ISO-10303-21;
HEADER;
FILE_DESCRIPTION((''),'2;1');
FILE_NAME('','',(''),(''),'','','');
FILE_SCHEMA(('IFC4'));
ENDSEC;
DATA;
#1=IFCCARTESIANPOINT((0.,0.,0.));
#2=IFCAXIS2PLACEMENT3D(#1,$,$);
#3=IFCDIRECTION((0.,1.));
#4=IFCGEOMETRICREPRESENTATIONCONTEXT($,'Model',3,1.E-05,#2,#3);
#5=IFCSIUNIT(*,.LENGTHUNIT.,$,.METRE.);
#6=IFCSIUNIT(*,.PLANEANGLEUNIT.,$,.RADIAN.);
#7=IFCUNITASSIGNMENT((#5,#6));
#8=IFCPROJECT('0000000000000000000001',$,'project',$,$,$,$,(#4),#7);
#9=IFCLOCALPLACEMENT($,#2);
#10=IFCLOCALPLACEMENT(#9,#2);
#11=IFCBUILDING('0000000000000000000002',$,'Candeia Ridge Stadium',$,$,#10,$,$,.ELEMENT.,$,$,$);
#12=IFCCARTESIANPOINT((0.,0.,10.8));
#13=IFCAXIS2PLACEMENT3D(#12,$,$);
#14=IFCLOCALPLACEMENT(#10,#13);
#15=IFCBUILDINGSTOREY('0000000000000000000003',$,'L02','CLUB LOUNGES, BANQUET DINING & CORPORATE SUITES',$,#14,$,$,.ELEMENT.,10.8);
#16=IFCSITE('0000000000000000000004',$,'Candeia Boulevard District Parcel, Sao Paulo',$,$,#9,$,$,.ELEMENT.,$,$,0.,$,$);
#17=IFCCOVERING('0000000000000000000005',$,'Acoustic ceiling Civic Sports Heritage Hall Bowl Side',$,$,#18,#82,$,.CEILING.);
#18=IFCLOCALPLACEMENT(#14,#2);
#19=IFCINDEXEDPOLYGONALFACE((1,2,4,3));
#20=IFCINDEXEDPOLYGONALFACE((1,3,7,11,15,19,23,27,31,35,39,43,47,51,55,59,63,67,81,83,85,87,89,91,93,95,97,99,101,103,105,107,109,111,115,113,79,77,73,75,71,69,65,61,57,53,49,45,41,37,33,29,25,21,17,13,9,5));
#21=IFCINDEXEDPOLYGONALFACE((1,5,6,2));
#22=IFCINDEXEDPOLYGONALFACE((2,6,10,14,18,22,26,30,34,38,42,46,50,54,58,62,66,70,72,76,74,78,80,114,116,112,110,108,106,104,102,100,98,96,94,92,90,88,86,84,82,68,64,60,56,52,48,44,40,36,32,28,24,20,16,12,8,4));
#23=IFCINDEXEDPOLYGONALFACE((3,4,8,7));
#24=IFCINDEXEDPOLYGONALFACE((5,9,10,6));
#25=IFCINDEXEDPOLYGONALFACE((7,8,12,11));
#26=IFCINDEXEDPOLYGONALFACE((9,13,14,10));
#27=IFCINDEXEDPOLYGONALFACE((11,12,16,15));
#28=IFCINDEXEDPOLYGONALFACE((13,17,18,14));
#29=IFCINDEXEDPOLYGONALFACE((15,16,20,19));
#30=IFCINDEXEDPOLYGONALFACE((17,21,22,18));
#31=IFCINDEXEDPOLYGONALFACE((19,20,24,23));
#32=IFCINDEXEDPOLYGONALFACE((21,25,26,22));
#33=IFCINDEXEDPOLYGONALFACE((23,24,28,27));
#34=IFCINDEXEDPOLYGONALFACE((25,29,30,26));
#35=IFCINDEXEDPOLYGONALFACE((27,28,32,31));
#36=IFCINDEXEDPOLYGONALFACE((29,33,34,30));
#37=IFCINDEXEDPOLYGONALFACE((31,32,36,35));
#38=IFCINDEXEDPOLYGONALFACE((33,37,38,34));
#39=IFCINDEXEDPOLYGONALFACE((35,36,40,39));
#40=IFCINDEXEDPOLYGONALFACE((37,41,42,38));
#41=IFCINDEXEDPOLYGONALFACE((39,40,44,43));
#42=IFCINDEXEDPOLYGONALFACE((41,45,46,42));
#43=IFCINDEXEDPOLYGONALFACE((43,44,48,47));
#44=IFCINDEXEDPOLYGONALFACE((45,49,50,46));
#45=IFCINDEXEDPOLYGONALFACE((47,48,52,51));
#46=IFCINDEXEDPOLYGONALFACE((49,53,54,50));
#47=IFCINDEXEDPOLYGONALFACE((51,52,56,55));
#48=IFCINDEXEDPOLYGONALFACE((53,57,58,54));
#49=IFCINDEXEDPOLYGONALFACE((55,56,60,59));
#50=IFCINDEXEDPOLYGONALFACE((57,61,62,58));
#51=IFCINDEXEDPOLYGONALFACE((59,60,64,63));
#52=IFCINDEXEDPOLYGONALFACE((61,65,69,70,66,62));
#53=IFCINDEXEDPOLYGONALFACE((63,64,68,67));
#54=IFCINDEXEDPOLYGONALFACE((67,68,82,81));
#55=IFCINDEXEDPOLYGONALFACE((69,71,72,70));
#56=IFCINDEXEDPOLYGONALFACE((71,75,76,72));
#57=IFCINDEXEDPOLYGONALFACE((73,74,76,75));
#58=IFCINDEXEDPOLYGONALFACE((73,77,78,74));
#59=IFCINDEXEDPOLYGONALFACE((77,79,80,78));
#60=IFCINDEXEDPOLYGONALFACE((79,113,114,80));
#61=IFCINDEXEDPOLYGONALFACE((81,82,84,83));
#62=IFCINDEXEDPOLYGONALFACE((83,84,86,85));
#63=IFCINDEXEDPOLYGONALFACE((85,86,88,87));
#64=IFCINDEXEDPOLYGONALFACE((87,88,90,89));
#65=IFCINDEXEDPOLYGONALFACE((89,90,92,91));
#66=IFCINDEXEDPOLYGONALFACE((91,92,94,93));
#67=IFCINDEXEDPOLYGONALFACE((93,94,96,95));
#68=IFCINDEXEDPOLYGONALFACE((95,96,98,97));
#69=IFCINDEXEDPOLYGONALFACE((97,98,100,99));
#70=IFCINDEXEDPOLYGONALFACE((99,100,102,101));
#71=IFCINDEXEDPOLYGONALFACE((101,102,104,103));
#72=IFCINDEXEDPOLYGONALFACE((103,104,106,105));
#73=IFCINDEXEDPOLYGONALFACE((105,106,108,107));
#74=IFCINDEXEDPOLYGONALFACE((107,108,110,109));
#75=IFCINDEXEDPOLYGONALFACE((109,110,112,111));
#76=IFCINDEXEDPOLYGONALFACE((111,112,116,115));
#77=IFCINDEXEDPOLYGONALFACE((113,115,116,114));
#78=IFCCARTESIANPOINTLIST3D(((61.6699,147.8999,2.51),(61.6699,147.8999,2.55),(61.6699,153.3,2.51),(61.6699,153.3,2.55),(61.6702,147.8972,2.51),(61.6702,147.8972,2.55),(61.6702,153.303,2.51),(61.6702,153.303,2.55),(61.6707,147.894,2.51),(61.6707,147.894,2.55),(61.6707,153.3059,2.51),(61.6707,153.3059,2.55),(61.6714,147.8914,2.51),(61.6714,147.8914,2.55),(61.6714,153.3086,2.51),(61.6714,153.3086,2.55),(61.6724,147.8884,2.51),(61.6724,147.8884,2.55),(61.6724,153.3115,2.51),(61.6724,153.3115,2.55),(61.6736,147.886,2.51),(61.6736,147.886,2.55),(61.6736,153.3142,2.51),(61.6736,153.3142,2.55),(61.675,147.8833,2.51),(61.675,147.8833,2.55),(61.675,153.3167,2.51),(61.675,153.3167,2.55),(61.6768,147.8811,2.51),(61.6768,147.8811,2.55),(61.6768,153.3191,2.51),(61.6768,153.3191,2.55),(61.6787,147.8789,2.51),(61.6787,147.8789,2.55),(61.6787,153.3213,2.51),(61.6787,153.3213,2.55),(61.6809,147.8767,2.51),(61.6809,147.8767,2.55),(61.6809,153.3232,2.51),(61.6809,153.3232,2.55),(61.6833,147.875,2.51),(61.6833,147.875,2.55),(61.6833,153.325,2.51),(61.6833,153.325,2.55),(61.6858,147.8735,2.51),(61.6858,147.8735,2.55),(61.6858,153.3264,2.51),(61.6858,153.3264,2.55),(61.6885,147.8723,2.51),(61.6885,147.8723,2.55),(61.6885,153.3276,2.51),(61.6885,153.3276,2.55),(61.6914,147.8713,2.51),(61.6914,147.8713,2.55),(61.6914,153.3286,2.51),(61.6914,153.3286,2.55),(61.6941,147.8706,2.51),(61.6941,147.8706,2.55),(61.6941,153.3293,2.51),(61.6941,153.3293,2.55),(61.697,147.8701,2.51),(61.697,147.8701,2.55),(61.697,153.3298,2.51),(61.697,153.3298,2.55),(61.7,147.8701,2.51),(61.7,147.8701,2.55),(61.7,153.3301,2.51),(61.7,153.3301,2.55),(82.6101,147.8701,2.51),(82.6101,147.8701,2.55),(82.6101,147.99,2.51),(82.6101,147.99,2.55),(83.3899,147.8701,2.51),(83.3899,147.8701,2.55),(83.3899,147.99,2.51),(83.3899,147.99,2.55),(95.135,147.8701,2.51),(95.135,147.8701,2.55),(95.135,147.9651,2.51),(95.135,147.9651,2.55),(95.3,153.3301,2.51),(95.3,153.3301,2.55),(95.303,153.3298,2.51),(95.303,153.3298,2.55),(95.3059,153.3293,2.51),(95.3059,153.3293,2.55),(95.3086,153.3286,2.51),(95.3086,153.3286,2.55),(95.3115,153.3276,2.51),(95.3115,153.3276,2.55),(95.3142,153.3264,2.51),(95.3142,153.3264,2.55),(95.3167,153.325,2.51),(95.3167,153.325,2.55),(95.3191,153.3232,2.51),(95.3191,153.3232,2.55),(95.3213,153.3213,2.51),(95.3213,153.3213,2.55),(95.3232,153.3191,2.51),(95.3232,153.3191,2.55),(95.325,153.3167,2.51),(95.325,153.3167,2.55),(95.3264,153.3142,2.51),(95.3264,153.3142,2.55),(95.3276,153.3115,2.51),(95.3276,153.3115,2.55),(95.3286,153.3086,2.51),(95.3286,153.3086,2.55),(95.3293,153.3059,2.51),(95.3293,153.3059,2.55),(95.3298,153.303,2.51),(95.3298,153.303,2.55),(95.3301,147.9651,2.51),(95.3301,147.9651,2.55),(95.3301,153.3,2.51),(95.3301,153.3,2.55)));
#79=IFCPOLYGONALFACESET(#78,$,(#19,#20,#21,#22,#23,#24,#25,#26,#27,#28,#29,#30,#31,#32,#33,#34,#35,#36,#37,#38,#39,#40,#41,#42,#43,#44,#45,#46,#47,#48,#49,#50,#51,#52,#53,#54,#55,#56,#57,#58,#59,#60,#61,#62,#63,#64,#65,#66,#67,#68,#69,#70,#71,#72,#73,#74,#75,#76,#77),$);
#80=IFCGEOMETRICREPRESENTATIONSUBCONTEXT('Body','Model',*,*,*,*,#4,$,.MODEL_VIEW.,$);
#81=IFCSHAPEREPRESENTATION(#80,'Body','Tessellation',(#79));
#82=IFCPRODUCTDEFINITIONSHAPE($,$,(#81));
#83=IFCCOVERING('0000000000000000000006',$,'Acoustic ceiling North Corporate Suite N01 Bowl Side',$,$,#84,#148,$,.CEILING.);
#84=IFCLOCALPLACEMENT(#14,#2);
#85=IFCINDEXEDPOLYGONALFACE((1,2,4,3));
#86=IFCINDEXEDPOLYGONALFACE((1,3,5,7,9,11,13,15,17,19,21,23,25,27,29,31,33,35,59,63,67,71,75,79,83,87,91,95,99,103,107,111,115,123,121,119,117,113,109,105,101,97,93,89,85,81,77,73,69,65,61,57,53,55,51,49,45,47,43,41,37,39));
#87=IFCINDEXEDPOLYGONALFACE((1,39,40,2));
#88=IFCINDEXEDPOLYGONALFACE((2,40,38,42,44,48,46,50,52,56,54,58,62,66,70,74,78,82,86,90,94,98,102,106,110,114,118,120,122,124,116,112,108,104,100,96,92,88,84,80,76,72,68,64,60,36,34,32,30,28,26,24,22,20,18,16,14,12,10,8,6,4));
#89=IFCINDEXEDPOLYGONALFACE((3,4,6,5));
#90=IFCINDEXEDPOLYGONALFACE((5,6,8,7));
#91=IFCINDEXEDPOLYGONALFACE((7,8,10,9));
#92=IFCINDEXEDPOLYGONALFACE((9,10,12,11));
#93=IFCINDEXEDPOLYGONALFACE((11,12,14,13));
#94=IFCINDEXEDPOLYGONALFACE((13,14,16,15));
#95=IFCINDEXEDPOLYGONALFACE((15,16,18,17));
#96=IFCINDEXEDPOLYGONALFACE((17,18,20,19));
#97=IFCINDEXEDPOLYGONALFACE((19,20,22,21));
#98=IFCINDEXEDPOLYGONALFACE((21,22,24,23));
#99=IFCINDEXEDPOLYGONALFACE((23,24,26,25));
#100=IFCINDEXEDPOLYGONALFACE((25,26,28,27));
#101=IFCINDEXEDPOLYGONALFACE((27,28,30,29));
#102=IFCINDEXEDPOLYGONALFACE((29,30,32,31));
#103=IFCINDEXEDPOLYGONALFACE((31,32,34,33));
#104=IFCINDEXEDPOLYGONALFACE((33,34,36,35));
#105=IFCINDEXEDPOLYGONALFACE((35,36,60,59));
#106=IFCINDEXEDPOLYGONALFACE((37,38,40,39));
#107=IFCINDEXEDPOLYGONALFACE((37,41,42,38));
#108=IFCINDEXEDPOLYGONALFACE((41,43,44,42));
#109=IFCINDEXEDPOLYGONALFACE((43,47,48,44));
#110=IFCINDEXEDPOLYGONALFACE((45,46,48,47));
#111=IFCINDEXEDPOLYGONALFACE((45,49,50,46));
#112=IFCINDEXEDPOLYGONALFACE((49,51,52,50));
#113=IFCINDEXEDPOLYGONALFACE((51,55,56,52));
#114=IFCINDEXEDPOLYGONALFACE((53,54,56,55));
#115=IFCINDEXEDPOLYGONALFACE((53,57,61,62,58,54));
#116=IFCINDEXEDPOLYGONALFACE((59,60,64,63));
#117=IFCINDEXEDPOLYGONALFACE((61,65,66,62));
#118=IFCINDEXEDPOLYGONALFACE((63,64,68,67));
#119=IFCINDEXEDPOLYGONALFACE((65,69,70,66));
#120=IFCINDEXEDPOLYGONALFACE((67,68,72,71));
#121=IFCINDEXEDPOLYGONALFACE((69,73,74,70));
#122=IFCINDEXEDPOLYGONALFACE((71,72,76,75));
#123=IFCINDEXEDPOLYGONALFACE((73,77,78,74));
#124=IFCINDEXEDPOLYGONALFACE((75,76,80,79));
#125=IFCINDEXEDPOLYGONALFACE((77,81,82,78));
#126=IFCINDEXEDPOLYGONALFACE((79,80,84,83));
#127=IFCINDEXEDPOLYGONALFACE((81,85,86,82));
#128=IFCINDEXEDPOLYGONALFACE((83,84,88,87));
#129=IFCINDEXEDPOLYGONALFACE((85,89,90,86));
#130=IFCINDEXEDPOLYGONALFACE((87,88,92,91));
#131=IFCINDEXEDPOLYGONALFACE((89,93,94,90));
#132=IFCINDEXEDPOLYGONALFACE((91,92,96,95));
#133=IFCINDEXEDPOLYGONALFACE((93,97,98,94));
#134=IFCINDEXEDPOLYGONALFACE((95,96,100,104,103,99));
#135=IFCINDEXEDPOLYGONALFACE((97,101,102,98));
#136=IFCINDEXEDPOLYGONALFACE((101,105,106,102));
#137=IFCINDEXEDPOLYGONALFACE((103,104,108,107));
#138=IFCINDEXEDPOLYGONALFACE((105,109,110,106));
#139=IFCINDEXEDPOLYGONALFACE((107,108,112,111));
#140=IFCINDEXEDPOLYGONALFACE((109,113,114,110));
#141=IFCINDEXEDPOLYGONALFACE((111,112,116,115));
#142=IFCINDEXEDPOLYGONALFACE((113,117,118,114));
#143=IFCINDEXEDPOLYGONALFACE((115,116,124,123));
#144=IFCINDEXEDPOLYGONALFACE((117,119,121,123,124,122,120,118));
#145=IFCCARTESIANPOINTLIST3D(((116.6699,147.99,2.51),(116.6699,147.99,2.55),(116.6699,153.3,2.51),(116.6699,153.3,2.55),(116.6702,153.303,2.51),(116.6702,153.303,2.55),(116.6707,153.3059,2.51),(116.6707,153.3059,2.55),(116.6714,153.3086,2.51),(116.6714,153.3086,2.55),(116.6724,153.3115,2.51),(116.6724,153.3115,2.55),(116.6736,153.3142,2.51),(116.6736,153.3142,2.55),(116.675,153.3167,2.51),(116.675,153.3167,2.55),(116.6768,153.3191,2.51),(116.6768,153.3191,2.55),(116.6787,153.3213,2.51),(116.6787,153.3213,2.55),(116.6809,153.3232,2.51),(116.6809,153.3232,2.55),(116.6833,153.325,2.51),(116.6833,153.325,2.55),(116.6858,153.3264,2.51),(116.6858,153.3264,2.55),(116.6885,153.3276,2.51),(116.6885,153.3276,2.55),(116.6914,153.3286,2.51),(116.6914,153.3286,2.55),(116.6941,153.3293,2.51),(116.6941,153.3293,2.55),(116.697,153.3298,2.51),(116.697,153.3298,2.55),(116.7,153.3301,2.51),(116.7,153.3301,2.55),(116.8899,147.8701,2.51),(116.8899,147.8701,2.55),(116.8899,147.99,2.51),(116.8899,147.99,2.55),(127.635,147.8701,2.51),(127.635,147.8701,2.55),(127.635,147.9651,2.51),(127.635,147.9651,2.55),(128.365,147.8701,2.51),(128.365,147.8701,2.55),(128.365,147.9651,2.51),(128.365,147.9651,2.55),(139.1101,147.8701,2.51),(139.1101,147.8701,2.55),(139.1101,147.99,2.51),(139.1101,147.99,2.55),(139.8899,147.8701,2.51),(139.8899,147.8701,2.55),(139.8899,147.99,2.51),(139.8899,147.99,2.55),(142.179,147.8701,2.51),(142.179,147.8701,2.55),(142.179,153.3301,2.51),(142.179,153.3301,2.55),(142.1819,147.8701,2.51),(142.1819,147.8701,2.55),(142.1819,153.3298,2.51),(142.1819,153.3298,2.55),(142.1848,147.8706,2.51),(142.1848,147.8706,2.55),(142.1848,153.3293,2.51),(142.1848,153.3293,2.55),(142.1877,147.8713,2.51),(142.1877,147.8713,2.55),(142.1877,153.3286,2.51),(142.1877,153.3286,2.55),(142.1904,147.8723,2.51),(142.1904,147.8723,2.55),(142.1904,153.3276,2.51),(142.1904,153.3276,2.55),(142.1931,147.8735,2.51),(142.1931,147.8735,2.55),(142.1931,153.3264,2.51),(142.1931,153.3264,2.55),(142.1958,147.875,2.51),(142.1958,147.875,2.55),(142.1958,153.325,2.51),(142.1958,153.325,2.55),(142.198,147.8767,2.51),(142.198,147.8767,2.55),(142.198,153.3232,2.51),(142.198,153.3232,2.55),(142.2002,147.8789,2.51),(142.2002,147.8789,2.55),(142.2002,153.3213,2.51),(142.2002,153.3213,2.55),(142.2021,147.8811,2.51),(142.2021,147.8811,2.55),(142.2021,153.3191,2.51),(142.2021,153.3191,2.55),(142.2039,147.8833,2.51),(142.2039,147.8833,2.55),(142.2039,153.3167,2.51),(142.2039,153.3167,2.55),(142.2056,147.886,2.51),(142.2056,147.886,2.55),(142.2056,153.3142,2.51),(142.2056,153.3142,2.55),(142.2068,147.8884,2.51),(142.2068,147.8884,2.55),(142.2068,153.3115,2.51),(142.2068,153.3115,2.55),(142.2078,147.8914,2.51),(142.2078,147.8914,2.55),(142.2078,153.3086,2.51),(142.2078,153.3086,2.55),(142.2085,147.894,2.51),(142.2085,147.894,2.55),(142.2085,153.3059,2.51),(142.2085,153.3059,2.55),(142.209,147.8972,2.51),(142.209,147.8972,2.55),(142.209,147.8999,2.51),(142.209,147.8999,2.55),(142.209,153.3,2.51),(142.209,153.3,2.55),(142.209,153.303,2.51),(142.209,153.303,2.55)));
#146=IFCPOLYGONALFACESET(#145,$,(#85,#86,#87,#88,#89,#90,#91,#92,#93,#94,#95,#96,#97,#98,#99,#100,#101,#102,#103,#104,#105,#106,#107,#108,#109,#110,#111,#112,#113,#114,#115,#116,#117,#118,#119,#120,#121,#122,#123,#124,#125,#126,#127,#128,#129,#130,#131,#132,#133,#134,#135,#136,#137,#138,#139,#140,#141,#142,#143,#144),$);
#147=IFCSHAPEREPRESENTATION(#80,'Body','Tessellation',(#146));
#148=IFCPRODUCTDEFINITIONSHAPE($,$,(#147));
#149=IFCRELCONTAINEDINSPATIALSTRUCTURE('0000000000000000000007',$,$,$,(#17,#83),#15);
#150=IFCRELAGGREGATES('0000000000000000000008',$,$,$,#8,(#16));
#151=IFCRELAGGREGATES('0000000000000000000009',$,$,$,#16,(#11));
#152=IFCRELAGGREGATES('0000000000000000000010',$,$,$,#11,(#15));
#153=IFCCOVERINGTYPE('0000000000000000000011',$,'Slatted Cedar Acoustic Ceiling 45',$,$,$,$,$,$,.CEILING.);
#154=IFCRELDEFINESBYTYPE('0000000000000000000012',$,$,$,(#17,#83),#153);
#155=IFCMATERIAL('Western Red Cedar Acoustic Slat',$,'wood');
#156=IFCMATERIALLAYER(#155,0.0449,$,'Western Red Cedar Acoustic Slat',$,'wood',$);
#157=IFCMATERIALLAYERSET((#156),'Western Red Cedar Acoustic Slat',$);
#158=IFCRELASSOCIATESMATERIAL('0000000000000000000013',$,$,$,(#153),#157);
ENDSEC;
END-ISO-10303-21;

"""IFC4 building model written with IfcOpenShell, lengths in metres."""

from ifc_helpers import new_model, si_unit, direction, frame, origin, place, context, subcontext, project, spatial, polyline, outline, extrude, material, layer, layer_set, type_object, element, save


model = new_model("IFC4")

# Units and contexts
model_context = context("Model", 3, precision=1e-05, world=origin(), true_north=direction((0.0, 1.0)))
body_context = subcontext(model_context, "Body", "Model", "MODEL_VIEW")
ifc_project = project(units=[si_unit("LENGTHUNIT", "METRE"), si_unit("PLANEANGLEUNIT", "RADIAN")], contexts=[model_context])

# Site, building, storey
site_placement = place(None, origin())
site = spatial("IfcSite", under=ifc_project, at=site_placement, Name="Candeia Boulevard District Parcel, Sao Paulo", CompositionType="ELEMENT", RefElevation=0.0)
building_placement = place(site_placement, origin())
building = spatial("IfcBuilding", under=site, at=building_placement, Name="Candeia Ridge Stadium", CompositionType="ELEMENT")
storey_placement = place(building_placement, frame((0.0, 0.0, 10.8)))
storey = spatial("IfcBuildingStorey", under=building, at=storey_placement, Name="L02", Description="CLUB LOUNGES, BANQUET DINING & CORPORATE SUITES", CompositionType="ELEMENT", Elevation=10.8)

# Coverings
ifc_material_1 = material(Name="Western Red Cedar Acoustic Slat", Category="wood")
ifc_layer_1 = layer(ifc_material_1, 0.0449, Name="Western Red Cedar Acoustic Slat", Category="wood")
ifc_layer_set_1 = layer_set([ifc_layer_1], Name="Western Red Cedar Acoustic Slat")
covering_type_1 = type_object("IfcCoveringType", Name="Slatted Cedar Acoustic Ceiling 45", PredefinedType="CEILING", material=ifc_layer_set_1)
covering_1_placement = place(storey_placement, frame((0.0, 0.0, 2.51)))
element("IfcCovering", 1, at=covering_1_placement, inside=storey, type_object=covering_type_1, Name="Acoustic ceiling Civic Sports Heritage Hall Bowl Side", PredefinedType="CEILING", context=body_context, shape_type="SweptSolid", body=[
    extrude(outline(polyline([(61.6941, 147.8706), (61.6914, 147.8713), (61.6885, 147.8723), (61.6858, 147.8735), (61.6833, 147.875), (61.6809, 147.8767), (61.6787, 147.8789), (61.6768, 147.8811), (61.675, 147.8833), (61.6736, 147.886), (61.6724, 147.8884), (61.6714, 147.8914), (61.6707, 147.894), (61.6702, 147.8972), (61.6699, 147.8999), (61.6699, 153.3), (61.6702, 153.303), (61.6707, 153.3059), (61.6714, 153.3086), (61.6724, 153.3115), (61.6736, 153.3142), (61.675, 153.3167), (61.6768, 153.3191), (61.6787, 153.3213), (61.6809, 153.3232), (61.6833, 153.325), (61.6858, 153.3264), (61.6885, 153.3276), (61.6914, 153.3286), (61.6941, 153.3293), (61.697, 153.3298), (61.7, 153.3301), (95.3, 153.3301), (95.303, 153.3298), (95.3059, 153.3293), (95.3086, 153.3286), (95.3115, 153.3276), (95.3142, 153.3264), (95.3167, 153.325), (95.3191, 153.3232), (95.3213, 153.3213), (95.3232, 153.3191), (95.325, 153.3167), (95.3264, 153.3142), (95.3276, 153.3115), (95.3286, 153.3086), (95.3293, 153.3059), (95.3298, 153.303), (95.3301, 153.3), (95.3301, 147.9651), (95.135, 147.9651), (95.135, 147.8701), (83.3899, 147.8701), (83.3899, 147.99), (82.6101, 147.99), (82.6101, 147.8701), (61.7, 147.8701), (61.697, 147.8701), (61.6941, 147.8706)])), origin(), (0.0, 0.0, 1.0), 0.04),
])
covering_2_placement = place(storey_placement, frame((0.0, 0.0, 2.51)))
element("IfcCovering", 2, at=covering_2_placement, inside=storey, type_object=covering_type_1, Name="Acoustic ceiling North Corporate Suite N01 Bowl Side", PredefinedType="CEILING", context=body_context, shape_type="SweptSolid", body=[
    extrude(outline(polyline([(116.6702, 153.303), (116.6707, 153.3059), (116.6714, 153.3086), (116.6724, 153.3115), (116.6736, 153.3142), (116.675, 153.3167), (116.6768, 153.3191), (116.6787, 153.3213), (116.6809, 153.3232), (116.6833, 153.325), (116.6858, 153.3264), (116.6885, 153.3276), (116.6914, 153.3286), (116.6941, 153.3293), (116.697, 153.3298), (116.7, 153.3301), (142.179, 153.3301), (142.1819, 153.3298), (142.1848, 153.3293), (142.1877, 153.3286), (142.1904, 153.3276), (142.1931, 153.3264), (142.1958, 153.325), (142.198, 153.3232), (142.2002, 153.3213), (142.2021, 153.3191), (142.2039, 153.3167), (142.2056, 153.3142), (142.2068, 153.3115), (142.2078, 153.3086), (142.2085, 153.3059), (142.209, 153.303), (142.209, 153.3), (142.209, 147.8999), (142.209, 147.8972), (142.2085, 147.894), (142.2078, 147.8914), (142.2068, 147.8884), (142.2056, 147.886), (142.2039, 147.8833), (142.2021, 147.8811), (142.2002, 147.8789), (142.198, 147.8767), (142.1958, 147.875), (142.1931, 147.8735), (142.1904, 147.8723), (142.1877, 147.8713), (142.1848, 147.8706), (142.1819, 147.8701), (142.179, 147.8701), (139.8899, 147.8701), (139.8899, 147.99), (139.1101, 147.99), (139.1101, 147.8701), (128.365, 147.8701), (128.365, 147.9651), (127.635, 147.9651), (127.635, 147.8701), (116.8899, 147.8701), (116.8899, 147.99), (116.6699, 147.99), (116.6699, 153.3), (116.6702, 153.303)])), origin(), (0.0, 0.0, 1.0), 0.04),
])

save(model, "model.ifc")
